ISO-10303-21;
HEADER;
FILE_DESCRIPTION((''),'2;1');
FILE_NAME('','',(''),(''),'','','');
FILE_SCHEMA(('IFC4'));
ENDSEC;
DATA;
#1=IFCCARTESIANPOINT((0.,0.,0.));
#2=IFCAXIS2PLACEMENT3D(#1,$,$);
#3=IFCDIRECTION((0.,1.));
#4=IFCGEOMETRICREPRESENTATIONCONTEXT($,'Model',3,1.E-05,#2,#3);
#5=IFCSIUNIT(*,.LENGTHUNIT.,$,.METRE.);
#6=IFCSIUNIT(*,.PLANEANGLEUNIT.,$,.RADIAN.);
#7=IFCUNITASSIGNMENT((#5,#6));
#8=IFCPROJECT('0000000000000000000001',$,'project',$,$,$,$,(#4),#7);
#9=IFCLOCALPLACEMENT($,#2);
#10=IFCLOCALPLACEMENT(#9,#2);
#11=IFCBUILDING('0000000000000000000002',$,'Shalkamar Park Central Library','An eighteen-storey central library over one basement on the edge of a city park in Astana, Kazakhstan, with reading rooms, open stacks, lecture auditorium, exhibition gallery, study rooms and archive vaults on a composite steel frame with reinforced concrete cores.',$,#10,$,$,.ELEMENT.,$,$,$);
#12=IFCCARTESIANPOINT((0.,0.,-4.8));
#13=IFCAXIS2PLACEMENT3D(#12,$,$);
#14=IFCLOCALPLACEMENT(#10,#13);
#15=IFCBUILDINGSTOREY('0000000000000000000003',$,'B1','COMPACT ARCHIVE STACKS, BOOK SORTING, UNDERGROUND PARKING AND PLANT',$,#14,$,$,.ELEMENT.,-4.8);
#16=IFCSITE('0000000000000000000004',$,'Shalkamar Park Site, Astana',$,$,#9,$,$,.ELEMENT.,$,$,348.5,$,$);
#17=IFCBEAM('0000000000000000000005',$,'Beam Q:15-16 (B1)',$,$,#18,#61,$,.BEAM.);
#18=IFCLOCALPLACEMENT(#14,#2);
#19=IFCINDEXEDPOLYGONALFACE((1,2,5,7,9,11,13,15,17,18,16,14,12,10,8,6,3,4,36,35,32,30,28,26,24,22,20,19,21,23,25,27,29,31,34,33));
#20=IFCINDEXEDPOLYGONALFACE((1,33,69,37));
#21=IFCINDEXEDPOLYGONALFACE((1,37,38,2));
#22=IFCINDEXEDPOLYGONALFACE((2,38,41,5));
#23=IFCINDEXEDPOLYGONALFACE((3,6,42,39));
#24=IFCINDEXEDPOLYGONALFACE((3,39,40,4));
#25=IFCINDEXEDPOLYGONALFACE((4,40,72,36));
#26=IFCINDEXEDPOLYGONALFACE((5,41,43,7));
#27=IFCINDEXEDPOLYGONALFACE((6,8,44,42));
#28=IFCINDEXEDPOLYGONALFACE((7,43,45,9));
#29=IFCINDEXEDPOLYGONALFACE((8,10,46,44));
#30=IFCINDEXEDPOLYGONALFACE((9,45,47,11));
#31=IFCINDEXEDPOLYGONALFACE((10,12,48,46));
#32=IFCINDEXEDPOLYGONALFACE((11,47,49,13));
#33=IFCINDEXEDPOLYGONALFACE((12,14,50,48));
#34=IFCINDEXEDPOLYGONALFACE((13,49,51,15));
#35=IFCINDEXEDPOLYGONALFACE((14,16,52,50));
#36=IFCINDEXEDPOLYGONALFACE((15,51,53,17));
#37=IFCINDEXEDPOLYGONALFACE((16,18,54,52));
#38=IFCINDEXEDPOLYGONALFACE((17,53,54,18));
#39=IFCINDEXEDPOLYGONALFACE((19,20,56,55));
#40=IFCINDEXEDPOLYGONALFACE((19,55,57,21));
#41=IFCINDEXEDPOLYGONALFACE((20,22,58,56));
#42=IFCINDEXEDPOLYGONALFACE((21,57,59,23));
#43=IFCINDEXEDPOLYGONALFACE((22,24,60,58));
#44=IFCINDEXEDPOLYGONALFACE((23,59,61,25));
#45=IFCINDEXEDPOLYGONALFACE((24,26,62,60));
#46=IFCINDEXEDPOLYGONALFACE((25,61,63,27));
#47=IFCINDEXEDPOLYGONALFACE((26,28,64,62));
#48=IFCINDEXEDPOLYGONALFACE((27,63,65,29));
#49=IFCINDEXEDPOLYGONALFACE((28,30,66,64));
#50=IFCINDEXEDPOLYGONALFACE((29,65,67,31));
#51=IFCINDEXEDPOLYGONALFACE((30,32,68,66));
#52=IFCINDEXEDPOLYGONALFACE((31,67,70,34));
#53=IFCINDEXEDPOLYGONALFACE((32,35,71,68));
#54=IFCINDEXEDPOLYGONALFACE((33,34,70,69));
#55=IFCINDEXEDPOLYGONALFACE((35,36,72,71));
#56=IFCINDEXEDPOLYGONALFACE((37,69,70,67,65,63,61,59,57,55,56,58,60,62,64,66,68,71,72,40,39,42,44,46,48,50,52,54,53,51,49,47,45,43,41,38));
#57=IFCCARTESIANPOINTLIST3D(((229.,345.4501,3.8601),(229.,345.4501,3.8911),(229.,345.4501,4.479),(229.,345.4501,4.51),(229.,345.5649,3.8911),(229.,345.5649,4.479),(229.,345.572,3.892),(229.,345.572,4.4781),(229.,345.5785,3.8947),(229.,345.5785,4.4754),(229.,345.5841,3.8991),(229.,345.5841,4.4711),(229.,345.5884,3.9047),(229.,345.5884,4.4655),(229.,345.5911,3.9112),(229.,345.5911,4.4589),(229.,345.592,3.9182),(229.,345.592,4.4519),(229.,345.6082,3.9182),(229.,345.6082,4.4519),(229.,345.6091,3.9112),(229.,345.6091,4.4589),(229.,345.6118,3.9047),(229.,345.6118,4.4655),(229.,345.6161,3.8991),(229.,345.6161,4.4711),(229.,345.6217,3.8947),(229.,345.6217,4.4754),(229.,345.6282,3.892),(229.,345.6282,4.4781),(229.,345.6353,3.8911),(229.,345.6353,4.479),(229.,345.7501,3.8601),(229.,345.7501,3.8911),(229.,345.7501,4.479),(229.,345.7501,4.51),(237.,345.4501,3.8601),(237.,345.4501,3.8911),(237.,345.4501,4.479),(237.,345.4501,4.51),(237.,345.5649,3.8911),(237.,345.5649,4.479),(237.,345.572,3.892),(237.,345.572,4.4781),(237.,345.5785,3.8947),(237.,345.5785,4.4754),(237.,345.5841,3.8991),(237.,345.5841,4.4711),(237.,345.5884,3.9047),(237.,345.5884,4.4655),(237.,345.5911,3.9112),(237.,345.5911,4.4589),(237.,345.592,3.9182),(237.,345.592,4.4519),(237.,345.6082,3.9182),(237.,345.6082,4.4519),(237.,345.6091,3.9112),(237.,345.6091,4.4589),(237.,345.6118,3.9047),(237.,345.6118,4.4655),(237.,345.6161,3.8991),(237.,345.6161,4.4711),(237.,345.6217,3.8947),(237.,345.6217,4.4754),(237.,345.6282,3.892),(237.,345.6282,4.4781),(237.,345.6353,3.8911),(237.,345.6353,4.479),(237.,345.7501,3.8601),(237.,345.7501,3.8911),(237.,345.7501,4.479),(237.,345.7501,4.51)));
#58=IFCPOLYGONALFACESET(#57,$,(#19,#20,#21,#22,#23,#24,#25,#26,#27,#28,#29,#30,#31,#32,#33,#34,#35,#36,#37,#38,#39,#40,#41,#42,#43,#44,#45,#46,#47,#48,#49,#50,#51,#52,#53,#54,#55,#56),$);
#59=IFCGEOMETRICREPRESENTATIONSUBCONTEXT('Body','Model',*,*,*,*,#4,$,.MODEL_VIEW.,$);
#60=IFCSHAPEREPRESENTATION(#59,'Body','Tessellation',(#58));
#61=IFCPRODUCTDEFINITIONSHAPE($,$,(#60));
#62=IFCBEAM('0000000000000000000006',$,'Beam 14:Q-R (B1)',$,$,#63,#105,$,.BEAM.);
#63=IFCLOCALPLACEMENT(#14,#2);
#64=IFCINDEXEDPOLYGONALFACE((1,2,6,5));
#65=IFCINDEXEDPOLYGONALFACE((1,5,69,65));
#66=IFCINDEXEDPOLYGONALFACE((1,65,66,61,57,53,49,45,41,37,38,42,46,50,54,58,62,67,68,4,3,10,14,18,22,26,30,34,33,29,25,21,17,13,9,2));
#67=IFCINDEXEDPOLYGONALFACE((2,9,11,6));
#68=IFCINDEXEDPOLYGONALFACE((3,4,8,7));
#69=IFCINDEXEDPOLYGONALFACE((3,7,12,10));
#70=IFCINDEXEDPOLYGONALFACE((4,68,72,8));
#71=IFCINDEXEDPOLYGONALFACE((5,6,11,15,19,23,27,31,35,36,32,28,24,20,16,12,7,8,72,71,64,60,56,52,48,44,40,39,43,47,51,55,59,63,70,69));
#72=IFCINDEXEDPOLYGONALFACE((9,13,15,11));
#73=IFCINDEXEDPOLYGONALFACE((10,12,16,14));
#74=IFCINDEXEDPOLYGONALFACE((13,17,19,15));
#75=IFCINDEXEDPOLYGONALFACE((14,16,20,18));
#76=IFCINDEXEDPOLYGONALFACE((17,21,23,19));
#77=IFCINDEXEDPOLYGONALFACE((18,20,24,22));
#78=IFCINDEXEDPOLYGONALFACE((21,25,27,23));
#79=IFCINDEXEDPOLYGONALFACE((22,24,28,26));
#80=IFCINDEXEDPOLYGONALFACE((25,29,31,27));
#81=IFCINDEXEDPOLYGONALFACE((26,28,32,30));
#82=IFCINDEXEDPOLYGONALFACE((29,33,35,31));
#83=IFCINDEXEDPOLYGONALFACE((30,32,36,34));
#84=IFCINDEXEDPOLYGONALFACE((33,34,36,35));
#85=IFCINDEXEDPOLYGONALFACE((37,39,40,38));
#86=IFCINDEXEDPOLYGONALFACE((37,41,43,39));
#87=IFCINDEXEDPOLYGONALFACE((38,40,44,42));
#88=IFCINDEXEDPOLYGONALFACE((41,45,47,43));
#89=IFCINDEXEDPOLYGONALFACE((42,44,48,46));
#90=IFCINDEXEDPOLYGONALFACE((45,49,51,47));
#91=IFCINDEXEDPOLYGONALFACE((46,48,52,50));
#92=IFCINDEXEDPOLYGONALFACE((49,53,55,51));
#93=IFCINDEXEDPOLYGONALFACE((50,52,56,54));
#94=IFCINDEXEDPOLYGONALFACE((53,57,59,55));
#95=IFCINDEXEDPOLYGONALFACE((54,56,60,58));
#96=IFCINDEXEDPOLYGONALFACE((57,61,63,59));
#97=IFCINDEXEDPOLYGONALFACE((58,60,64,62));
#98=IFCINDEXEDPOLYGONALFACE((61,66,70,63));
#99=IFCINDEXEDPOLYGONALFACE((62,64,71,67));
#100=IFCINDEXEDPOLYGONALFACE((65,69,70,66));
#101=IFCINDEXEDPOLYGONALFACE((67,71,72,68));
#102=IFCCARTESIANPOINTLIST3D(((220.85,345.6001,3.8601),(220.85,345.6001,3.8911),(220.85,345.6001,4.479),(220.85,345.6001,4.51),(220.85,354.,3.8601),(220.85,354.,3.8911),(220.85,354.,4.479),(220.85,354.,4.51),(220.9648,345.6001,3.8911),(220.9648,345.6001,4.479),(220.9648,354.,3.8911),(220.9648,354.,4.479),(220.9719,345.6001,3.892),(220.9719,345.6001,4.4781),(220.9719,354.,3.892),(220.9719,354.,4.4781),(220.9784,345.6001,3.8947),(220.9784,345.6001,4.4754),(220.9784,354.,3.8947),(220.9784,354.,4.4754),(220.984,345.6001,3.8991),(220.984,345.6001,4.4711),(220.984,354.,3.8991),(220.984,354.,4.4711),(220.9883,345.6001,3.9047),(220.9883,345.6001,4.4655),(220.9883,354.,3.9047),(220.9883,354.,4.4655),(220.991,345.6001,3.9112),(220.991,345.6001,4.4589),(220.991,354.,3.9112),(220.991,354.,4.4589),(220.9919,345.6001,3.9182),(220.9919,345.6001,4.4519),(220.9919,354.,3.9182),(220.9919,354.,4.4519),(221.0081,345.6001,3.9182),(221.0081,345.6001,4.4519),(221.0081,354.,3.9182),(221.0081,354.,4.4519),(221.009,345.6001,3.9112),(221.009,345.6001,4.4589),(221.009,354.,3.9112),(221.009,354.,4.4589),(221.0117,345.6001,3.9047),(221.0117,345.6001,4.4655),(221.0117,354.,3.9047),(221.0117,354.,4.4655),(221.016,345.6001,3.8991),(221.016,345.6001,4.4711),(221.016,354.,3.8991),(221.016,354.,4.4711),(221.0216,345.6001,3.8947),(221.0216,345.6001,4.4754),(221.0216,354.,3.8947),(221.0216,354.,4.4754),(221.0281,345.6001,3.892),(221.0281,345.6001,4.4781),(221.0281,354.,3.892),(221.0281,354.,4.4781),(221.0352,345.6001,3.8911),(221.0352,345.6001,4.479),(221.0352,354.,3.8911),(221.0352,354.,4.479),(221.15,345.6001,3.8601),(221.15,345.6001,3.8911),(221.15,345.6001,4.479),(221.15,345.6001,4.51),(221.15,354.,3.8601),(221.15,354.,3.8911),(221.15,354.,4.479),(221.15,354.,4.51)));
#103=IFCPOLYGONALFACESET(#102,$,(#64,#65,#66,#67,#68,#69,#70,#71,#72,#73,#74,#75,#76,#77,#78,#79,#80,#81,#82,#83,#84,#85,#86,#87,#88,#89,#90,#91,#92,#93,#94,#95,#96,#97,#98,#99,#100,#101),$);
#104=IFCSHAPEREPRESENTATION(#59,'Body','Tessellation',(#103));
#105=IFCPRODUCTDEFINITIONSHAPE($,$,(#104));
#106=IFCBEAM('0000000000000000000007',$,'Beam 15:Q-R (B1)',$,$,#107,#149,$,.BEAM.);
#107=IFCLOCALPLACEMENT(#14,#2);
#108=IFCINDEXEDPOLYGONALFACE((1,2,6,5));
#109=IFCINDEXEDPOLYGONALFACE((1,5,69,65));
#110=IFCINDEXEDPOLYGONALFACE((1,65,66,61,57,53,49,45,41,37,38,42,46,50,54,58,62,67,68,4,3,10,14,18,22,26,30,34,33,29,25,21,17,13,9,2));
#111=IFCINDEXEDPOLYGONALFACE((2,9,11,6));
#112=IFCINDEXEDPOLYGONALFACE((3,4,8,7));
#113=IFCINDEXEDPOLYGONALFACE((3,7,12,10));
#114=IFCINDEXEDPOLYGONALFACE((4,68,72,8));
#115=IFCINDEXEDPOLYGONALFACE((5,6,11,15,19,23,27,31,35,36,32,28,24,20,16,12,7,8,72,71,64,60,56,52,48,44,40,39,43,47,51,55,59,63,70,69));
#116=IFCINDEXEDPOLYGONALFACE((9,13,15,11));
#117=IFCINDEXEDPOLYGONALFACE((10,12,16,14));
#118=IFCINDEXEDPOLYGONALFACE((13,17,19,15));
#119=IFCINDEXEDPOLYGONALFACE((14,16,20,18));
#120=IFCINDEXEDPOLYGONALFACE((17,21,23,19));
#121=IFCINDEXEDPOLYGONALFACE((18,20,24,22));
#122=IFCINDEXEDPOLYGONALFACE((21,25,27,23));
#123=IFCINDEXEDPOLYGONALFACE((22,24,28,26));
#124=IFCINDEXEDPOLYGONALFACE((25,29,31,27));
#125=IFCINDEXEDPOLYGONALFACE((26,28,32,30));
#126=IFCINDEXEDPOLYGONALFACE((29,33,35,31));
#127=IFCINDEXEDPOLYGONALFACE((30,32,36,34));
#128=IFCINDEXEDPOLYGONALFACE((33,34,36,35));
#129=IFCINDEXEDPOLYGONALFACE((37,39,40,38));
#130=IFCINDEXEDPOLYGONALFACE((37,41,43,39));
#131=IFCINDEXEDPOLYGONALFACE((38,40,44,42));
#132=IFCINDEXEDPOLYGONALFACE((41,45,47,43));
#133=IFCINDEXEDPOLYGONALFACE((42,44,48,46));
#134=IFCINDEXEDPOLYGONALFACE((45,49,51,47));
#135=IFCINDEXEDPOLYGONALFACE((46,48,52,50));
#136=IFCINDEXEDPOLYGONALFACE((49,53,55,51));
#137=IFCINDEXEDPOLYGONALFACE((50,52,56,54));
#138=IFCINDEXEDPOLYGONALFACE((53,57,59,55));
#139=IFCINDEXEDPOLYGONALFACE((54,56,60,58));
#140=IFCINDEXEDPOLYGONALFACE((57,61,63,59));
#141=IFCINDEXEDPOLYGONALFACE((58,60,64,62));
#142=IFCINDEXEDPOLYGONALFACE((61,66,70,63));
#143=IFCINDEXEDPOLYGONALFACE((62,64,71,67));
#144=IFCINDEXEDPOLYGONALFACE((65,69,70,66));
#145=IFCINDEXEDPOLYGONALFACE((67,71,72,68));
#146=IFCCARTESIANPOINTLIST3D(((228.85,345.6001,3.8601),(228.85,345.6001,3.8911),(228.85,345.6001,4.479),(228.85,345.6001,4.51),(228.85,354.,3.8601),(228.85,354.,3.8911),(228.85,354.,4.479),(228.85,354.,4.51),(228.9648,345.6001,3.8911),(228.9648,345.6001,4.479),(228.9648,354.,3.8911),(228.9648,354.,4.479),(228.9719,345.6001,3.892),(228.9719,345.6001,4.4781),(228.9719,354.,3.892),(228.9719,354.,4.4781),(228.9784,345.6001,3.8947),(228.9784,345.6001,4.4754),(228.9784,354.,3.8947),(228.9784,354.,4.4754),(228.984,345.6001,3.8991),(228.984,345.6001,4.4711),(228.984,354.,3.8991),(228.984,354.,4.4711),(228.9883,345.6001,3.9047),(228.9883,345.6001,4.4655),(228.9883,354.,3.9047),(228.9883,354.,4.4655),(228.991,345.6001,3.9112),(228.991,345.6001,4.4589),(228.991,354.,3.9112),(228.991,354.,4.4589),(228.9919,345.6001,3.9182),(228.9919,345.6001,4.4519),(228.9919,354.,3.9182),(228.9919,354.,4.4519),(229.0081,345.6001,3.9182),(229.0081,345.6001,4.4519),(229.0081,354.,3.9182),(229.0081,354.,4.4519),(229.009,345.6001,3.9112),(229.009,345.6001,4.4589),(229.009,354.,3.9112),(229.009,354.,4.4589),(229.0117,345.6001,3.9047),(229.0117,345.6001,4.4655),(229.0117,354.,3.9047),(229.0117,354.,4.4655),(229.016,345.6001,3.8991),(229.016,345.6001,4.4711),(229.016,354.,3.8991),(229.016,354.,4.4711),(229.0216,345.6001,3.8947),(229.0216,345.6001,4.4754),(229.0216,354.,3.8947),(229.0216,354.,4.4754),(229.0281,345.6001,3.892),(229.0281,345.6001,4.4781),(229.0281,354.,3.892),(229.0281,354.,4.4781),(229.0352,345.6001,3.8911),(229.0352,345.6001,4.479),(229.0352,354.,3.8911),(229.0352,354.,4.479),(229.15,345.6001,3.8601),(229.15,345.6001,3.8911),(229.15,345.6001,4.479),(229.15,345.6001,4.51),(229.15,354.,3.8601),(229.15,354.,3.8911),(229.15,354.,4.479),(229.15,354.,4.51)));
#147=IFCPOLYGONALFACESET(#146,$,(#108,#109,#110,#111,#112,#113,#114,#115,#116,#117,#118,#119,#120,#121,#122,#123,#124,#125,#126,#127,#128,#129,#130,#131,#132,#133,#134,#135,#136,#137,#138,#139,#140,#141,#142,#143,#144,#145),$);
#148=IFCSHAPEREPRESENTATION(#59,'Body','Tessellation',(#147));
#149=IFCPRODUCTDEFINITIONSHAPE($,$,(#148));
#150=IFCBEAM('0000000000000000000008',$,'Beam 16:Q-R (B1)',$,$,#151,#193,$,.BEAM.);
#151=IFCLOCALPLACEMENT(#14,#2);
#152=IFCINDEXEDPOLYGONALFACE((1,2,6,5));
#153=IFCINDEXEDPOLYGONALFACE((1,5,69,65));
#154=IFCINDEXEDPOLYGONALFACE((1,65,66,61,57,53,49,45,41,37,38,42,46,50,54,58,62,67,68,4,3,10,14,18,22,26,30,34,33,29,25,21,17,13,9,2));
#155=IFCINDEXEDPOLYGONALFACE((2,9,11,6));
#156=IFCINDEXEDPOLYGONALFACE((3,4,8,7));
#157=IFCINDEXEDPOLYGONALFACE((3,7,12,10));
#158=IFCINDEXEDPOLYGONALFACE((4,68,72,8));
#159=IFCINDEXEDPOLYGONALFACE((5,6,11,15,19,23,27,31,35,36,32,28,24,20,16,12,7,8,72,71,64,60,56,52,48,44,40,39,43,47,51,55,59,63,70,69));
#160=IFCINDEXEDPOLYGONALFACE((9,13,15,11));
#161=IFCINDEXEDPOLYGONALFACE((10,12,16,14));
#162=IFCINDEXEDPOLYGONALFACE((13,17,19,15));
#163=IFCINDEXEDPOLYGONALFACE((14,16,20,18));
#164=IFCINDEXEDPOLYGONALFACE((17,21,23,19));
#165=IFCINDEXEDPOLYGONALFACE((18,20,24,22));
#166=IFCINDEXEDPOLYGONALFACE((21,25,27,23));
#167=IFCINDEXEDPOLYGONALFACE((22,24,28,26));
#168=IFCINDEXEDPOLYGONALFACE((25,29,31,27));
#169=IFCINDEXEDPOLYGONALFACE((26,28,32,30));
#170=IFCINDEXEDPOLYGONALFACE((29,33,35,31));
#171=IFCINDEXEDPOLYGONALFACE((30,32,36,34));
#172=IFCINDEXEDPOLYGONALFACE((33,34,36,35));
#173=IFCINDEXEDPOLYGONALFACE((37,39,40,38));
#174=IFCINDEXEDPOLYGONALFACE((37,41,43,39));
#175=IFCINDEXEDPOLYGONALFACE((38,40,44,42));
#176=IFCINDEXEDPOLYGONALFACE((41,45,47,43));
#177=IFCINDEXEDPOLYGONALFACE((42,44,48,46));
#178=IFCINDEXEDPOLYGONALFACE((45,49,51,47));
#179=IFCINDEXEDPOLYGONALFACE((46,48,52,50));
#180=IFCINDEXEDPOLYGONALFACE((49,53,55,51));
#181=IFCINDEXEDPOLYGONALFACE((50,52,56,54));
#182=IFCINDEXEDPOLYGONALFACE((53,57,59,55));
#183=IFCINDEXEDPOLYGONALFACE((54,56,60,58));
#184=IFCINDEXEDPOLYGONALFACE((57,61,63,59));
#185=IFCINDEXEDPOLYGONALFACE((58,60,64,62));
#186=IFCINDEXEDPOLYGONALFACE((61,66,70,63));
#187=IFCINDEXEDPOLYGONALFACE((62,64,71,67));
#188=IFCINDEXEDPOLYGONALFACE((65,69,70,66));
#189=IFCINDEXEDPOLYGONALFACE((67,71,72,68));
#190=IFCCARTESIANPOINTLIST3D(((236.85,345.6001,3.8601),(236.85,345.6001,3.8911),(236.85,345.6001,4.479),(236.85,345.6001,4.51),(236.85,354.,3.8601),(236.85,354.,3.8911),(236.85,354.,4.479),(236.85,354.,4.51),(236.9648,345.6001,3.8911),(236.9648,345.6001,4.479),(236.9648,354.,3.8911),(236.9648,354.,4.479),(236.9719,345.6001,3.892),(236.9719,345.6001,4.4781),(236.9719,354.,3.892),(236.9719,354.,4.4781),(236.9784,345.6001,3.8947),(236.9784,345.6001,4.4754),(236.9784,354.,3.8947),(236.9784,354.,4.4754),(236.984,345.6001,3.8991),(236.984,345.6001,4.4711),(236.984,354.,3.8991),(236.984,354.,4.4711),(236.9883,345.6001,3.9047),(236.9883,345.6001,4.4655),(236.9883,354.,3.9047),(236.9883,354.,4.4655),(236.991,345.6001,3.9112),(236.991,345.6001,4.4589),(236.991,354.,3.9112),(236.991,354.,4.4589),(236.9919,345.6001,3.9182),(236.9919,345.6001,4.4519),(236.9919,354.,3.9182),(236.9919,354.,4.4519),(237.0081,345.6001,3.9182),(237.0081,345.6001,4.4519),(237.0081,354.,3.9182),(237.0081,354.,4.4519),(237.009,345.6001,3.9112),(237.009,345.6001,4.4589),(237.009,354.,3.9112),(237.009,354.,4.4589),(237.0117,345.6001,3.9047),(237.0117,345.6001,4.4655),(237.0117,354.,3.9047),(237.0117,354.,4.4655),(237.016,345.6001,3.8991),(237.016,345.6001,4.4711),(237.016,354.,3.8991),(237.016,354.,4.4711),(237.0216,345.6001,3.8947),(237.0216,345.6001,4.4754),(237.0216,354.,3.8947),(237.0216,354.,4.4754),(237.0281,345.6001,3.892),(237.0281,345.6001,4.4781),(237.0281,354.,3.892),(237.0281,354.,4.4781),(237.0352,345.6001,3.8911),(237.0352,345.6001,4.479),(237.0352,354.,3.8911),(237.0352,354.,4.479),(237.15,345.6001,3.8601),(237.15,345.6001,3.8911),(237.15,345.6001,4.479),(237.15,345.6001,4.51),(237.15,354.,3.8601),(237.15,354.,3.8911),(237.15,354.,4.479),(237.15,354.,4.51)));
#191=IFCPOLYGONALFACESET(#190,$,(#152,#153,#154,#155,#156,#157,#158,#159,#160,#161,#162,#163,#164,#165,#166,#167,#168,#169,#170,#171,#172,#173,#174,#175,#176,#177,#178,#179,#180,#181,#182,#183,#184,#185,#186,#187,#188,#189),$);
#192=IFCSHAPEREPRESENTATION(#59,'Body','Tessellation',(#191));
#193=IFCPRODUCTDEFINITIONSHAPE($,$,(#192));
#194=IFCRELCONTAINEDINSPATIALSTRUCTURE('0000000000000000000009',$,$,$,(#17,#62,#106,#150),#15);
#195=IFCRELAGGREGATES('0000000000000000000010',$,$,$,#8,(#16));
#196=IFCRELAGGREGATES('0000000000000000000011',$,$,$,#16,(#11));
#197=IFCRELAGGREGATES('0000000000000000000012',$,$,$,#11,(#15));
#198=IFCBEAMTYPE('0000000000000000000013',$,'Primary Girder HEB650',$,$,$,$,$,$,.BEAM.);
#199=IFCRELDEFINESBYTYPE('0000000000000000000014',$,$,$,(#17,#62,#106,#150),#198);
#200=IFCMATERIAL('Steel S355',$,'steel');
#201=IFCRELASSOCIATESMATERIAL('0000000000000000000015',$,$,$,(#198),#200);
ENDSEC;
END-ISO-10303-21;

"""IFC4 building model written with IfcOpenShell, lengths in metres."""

from ifc_helpers import new_model, si_unit, direction, frame, origin, origin_2d, place, context, subcontext, project, spatial, i_section, extrude, material, material_profile, profile_set, type_object, element, save


model = new_model("IFC4")

# Units and contexts
model_context = context("Model", 3, precision=1e-05, world=origin(), true_north=direction((0.0, 1.0)))
body_context = subcontext(model_context, "Body", "Model", "MODEL_VIEW")
ifc_project = project(units=[si_unit("LENGTHUNIT", "METRE"), si_unit("PLANEANGLEUNIT", "RADIAN")], contexts=[model_context])

# Site, building, storey
site_placement = place(None, origin())
site = spatial("IfcSite", under=ifc_project, at=site_placement, Name="Shalkamar Park Site, Astana", CompositionType="ELEMENT", RefElevation=348.5)
building_placement = place(site_placement, origin())
building = spatial("IfcBuilding", under=site, at=building_placement, Name="Shalkamar Park Central Library", Description="An eighteen-storey central library over one basement on the edge of a city park in Astana, Kazakhstan, with reading rooms, open stacks, lecture auditorium, exhibition gallery, study rooms and archive vaults on a composite steel frame with reinforced concrete cores.", CompositionType="ELEMENT")
storey_placement = place(building_placement, frame((0.0, 0.0, -4.8)))
storey = spatial("IfcBuildingStorey", under=building, at=storey_placement, Name="B1", Description="COMPACT ARCHIVE STACKS, BOOK SORTING, UNDERGROUND PARKING AND PLANT", CompositionType="ELEMENT", Elevation=-4.8)

# Shared definitions
ifc_material_1 = material(Name="Steel S355", Category="steel")

# Beams
ifc_material_profile_1 = material_profile(ifc_material_1, i_section(OverallWidth=0.3, OverallDepth=0.6499, WebThickness=0.0161, FlangeThickness=0.031, FilletRadius=0.0271, at=origin_2d()), Name="HEB 650")
ifc_profile_set_1 = profile_set([ifc_material_profile_1], Name="Steel S355")
beam_type_1 = type_object("IfcBeamType", Name="Primary Girder HEB650", PredefinedType="BEAM", material=ifc_profile_set_1)
for number, where, z_axis, x_axis, name in (
    (1, (229.0, 345.6001, 4.1851), (1.0, 0.0, 0.0), (0.0, 1.0, 0.0), "Beam Q:15-16 (B1)"),
):
    element("IfcBeam", number, at=place(storey_placement, frame(where, z_axis=z_axis, x_axis=x_axis)), inside=storey, type_object=beam_type_1, Name=name, PredefinedType="BEAM", context=body_context, shape_type="SweptSolid", body=[
        extrude(i_section(OverallWidth=0.3, OverallDepth=0.6499, WebThickness=0.0161, FlangeThickness=0.031, FilletRadius=0.0271, at=origin_2d()), origin(), (0.0, 0.0, 1.0), 8.0),
    ])
for number, where, z_axis, x_axis, name in (
    (2, (221.0, 345.6001, 4.1851), (0.0, 1.0, 0.0), (-1.0, 0.0, 0.0), "Beam 14:Q-R (B1)"),
    (3, (229.0, 345.6001, 4.1851), (0.0, 1.0, 0.0), (-1.0, 0.0, 0.0), "Beam 15:Q-R (B1)"),
    (4, (237.0, 345.6001, 4.1851), (0.0, 1.0, 0.0), (-1.0, 0.0, 0.0), "Beam 16:Q-R (B1)"),
):
    element("IfcBeam", number, at=place(storey_placement, frame(where, z_axis=z_axis, x_axis=x_axis)), inside=storey, type_object=beam_type_1, Name=name, PredefinedType="BEAM", context=body_context, shape_type="SweptSolid", body=[
        extrude(i_section(OverallWidth=0.3, OverallDepth=0.6499, WebThickness=0.0161, FlangeThickness=0.031, FilletRadius=0.0271, at=origin_2d()), origin(), (0.0, 0.0, 1.0), 8.3999),
    ])

save(model, "model.ifc")
